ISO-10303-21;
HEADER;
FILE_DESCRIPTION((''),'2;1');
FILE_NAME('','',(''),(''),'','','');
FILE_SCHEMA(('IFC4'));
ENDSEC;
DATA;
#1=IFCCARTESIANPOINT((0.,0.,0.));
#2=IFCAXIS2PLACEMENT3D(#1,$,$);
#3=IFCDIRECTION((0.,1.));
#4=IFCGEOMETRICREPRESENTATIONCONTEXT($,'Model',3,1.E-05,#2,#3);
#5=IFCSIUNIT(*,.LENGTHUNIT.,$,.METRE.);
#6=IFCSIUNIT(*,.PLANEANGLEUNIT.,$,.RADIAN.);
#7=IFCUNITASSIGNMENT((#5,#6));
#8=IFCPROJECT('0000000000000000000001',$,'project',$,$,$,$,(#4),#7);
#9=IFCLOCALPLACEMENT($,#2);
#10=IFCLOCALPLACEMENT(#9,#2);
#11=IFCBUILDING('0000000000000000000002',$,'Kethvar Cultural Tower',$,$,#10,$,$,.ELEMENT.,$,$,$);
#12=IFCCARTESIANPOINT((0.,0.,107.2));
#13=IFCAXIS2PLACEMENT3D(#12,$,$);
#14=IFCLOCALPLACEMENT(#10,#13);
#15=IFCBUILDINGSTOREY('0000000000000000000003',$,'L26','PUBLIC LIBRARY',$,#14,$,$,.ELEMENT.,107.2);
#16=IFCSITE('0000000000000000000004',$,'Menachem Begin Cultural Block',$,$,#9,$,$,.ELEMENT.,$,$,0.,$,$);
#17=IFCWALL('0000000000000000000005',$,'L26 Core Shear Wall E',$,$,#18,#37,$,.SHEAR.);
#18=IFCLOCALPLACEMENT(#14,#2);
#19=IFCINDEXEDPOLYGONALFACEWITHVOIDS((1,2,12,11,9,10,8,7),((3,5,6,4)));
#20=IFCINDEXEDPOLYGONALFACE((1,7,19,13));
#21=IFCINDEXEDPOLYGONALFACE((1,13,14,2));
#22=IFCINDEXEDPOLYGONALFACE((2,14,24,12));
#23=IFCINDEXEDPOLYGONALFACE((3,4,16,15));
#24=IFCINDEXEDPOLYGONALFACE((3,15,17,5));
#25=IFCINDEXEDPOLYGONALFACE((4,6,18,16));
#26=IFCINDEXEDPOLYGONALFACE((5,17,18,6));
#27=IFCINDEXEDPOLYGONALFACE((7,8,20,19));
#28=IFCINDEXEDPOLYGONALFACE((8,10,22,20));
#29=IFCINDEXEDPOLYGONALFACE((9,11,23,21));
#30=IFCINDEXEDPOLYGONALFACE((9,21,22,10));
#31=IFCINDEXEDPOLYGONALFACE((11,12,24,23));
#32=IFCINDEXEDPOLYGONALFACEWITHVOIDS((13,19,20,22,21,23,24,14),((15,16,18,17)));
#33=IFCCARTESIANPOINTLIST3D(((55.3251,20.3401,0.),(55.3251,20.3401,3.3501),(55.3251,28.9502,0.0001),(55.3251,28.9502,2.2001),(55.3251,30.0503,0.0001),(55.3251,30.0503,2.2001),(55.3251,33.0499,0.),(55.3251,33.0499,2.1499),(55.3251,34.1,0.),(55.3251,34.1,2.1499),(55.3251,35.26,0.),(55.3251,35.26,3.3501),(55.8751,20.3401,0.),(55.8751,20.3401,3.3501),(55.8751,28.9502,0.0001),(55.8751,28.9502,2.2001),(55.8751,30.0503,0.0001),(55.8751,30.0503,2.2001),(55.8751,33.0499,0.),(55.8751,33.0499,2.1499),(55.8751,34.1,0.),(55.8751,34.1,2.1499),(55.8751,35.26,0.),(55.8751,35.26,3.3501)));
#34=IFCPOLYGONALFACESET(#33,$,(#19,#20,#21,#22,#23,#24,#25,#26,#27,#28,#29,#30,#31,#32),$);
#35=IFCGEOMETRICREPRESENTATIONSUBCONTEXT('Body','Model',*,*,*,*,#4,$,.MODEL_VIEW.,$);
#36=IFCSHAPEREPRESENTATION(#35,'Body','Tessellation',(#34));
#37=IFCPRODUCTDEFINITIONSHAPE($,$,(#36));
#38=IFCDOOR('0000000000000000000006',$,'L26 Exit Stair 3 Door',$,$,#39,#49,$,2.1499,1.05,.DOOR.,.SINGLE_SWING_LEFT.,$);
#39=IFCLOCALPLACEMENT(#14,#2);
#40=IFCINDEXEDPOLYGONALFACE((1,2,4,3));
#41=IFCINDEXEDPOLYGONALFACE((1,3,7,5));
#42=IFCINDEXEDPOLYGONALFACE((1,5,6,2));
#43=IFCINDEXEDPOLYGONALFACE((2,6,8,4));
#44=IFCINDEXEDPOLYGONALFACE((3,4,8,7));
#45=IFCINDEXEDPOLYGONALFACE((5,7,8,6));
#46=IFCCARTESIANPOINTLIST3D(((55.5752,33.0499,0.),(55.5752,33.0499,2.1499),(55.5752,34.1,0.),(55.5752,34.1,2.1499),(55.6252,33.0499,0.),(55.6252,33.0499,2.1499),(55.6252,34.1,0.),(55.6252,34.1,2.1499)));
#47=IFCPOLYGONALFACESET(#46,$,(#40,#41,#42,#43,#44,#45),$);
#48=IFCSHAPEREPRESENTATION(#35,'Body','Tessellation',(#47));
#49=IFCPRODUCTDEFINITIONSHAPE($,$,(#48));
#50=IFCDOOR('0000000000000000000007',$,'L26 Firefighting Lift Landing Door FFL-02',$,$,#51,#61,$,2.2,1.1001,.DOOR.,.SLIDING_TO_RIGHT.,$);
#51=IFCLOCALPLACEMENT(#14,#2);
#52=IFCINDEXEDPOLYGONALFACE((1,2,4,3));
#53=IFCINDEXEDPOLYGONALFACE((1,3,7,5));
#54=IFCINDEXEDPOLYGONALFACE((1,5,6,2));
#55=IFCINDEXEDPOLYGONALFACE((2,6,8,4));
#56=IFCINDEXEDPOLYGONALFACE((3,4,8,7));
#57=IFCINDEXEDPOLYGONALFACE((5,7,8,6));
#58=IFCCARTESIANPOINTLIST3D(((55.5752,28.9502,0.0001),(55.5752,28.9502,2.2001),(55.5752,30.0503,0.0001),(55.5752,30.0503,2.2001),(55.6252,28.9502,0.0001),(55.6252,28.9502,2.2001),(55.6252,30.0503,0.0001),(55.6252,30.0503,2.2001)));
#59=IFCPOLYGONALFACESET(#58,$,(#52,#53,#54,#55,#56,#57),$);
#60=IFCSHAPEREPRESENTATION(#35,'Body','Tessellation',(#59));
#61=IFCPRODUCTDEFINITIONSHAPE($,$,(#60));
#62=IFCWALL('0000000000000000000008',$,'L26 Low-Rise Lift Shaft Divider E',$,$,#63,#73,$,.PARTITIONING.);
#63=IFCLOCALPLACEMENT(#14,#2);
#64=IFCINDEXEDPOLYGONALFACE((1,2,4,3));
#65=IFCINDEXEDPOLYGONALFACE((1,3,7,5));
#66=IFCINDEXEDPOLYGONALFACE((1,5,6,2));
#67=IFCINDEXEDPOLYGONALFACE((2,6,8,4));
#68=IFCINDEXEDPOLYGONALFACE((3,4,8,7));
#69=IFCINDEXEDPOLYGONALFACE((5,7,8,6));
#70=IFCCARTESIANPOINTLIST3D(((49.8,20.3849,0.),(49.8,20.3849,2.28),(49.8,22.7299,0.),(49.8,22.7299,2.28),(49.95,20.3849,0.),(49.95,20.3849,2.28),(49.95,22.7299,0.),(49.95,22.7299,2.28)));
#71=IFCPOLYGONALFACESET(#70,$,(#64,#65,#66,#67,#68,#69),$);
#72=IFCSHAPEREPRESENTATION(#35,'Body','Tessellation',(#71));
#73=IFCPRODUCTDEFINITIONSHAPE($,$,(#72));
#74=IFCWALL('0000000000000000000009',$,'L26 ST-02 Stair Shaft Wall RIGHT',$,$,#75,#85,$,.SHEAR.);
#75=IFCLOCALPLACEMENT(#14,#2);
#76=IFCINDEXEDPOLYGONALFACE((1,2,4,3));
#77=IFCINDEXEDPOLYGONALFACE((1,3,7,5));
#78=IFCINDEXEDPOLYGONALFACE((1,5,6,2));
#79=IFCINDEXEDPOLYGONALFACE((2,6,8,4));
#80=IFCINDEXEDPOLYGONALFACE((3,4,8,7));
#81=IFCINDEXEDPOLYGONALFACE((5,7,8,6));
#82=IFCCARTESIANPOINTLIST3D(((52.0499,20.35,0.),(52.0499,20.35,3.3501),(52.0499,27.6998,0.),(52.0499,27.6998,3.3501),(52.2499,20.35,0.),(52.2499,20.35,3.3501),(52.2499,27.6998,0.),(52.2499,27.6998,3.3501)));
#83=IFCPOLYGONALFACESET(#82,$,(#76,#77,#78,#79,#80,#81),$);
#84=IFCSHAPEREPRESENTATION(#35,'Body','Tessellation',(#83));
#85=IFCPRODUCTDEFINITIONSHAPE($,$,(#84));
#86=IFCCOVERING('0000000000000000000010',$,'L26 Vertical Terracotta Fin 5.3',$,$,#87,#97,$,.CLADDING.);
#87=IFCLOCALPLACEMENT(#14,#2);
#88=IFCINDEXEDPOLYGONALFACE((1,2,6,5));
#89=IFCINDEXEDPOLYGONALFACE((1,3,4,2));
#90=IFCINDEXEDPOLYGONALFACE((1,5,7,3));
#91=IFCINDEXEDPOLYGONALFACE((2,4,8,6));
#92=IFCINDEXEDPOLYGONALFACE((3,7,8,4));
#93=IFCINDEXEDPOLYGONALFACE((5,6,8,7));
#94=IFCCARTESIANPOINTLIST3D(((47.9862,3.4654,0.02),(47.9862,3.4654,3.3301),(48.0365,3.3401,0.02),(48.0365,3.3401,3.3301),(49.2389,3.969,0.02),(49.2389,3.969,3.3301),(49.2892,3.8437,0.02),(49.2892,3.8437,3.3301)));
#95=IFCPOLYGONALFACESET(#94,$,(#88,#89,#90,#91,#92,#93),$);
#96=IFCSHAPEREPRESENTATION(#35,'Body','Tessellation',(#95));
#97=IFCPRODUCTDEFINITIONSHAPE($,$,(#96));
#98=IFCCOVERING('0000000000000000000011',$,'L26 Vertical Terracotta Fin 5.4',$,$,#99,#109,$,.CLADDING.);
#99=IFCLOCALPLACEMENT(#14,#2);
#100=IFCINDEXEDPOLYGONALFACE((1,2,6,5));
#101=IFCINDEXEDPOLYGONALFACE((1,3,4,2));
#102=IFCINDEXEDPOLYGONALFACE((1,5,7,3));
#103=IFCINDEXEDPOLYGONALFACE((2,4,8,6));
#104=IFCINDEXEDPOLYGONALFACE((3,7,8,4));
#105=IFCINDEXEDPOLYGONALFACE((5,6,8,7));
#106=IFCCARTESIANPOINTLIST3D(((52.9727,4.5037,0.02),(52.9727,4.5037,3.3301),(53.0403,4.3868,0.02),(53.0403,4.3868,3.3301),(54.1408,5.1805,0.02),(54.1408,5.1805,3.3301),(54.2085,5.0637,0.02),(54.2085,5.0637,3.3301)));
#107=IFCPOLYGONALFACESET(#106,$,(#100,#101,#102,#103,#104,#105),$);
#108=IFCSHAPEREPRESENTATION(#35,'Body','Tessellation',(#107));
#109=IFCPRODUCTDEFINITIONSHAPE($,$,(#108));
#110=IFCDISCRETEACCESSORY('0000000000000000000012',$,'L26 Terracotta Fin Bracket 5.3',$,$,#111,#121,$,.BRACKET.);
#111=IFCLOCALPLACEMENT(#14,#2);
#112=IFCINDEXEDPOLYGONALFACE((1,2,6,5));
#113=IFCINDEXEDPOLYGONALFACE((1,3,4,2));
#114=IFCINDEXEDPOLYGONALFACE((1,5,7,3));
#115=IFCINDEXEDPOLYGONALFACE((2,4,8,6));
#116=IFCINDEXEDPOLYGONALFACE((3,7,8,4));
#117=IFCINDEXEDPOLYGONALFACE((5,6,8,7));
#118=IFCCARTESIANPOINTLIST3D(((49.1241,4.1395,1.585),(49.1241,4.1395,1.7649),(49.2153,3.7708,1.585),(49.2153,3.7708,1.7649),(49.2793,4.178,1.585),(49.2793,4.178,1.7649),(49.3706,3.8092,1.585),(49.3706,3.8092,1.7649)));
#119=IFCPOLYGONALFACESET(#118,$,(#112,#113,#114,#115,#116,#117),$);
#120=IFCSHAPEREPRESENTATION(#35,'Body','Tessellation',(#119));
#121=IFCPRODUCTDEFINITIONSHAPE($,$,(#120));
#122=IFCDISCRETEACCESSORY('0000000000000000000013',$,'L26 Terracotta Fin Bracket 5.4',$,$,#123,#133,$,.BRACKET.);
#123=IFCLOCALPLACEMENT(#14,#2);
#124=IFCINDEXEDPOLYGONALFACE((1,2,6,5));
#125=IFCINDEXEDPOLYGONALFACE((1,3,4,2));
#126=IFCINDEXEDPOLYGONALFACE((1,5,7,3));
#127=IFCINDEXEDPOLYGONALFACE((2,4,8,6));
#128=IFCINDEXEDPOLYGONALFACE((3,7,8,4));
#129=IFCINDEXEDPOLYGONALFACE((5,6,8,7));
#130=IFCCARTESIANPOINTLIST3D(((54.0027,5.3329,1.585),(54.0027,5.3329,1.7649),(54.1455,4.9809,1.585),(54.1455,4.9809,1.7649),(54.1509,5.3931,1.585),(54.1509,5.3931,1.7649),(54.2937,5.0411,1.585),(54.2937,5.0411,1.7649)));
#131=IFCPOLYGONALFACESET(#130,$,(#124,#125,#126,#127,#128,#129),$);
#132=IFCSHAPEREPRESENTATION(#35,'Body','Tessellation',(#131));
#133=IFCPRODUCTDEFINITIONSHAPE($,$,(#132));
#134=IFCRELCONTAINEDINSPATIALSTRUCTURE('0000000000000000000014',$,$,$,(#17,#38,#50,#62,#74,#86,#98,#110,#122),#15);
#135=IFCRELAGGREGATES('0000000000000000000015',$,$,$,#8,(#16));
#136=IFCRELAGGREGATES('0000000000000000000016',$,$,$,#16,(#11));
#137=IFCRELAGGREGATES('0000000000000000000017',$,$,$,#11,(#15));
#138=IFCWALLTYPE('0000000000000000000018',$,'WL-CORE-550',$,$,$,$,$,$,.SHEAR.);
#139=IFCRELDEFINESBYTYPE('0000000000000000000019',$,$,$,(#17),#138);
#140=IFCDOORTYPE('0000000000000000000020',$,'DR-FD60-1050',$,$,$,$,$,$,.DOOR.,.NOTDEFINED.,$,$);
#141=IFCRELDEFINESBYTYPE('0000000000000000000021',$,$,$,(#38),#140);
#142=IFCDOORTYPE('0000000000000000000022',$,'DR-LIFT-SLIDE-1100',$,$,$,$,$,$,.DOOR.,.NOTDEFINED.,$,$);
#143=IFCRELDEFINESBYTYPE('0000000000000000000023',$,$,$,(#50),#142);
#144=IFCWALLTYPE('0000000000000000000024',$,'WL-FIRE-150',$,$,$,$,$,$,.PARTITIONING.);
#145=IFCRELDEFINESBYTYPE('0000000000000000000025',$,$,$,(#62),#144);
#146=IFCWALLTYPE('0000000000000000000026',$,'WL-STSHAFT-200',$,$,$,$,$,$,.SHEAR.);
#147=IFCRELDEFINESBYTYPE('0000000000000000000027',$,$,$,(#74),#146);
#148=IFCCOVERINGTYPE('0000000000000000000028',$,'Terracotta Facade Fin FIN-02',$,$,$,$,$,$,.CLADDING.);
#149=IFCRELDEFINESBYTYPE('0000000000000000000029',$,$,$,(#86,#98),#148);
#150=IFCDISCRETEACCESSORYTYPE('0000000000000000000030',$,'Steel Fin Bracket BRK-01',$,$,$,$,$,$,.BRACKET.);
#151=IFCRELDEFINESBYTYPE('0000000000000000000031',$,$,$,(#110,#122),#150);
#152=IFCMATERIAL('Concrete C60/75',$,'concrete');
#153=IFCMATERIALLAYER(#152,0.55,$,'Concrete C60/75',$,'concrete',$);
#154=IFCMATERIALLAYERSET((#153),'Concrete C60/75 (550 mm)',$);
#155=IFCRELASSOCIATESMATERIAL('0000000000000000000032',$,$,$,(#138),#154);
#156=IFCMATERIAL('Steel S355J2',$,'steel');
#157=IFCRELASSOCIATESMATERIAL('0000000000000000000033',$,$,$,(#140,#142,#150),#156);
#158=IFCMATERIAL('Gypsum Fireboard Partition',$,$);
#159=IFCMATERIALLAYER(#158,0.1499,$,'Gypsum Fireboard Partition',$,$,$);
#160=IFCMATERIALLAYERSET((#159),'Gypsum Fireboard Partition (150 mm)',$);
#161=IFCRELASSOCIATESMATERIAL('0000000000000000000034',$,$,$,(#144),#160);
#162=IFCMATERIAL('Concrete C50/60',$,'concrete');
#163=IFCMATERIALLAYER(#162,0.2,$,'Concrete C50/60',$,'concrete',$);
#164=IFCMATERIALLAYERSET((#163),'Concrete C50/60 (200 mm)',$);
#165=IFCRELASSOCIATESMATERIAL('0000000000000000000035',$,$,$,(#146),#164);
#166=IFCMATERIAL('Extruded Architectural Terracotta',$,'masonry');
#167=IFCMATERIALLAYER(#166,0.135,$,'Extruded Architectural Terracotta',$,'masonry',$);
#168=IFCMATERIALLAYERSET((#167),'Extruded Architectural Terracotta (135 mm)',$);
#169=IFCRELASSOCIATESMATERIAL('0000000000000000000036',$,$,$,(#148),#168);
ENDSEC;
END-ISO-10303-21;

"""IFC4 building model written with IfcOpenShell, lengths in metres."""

from ifc_helpers import new_model, si_unit, direction, frame, frame_2d, origin, origin_2d, place, context, subcontext, project, spatial, rectangle, extrude, source, transform, mapped, material, layer, layer_set, type_object, element, fill, save


model = new_model("IFC4")

# Units and contexts
model_context = context("Model", 3, precision=1e-05, world=origin(), true_north=direction((0.0, 1.0)))
body_context = subcontext(model_context, "Body", "Model", "MODEL_VIEW")
ifc_project = project(units=[si_unit("LENGTHUNIT", "METRE"), si_unit("PLANEANGLEUNIT", "RADIAN")], contexts=[model_context])

# Site, building, storey
site_placement = place(None, origin())
site = spatial("IfcSite", under=ifc_project, at=site_placement, Name="Menachem Begin Cultural Block", CompositionType="ELEMENT", RefElevation=0.0)
building_placement = place(site_placement, origin())
building = spatial("IfcBuilding", under=site, at=building_placement, Name="Kethvar Cultural Tower", CompositionType="ELEMENT")
storey_placement = place(building_placement, frame((0.0, 0.0, 107.2)))
storey = spatial("IfcBuildingStorey", under=building, at=storey_placement, Name="L26", Description="PUBLIC LIBRARY", CompositionType="ELEMENT", Elevation=107.2)

# Shared definitions
ifc_material_1 = material(Name="Steel S355J2", Category="steel")

# Wall, openings, doors
ifc_material_2 = material(Name="Concrete C60/75", Category="concrete")
ifc_layer_1 = layer(ifc_material_2, 0.55, Name="Concrete C60/75", Category="concrete")
ifc_layer_set_1 = layer_set([ifc_layer_1], Name="Concrete C60/75 (550 mm)")
wall_type_1 = type_object("IfcWallType", Name="WL-CORE-550", PredefinedType="SHEAR", material=ifc_layer_set_1)
wall_1_placement = place(storey_placement, frame((55.6001, 20.3401, 0.0), z_axis=(0.0, 0.0, 1.0), x_axis=(0.0, 1.0, 0.0)))
wall_1 = element("IfcWall", 1, at=wall_1_placement, inside=storey, type_object=wall_type_1, Name="L26 Core Shear Wall E", PredefinedType="SHEAR", context=body_context, shape_type="SweptSolid", body=[
    extrude(rectangle(XDim=14.9199, YDim=0.55, at=frame_2d((7.46, 0.0))), origin(), (0.0, 0.0, 1.0), 3.3501),
])
opening_1_placement = place(wall_1_placement, frame((12.71, 0.0, 0.0)))
opening_1 = element("IfcOpeningElement", 2, at=opening_1_placement, cuts=wall_1, PredefinedType="OPENING", context=body_context, shape_type="SweptSolid", body=[
    extrude(rectangle(XDim=1.05, YDim=2.1499, at=frame_2d((0.5249, 1.075))), frame((0.0, 0.2849, 0.0), z_axis=(0.0, -1.0, 0.0), x_axis=(1.0, 0.0, 0.0)), (0.0, 0.0, 1.0), 0.5701),
])
opening_2_placement = place(wall_1_placement, frame((8.6101, 0.0, 0.0)))
opening_2 = element("IfcOpeningElement", 3, at=opening_2_placement, cuts=wall_1, PredefinedType="OPENING", context=body_context, shape_type="SweptSolid", body=[
    extrude(rectangle(XDim=1.1001, YDim=2.2, at=frame_2d((0.55, 1.1001))), frame((0.0, 0.2849, 0.0), z_axis=(0.0, -1.0, 0.0), x_axis=(1.0, 0.0, 0.0)), (0.0, 0.0, 1.0), 0.5701),
])
door_type_1 = type_object("IfcDoorType", Name="DR-FD60-1050", OperationType="NOTDEFINED", PredefinedType="DOOR", material=ifc_material_1)
shared_shape_1 = source(origin(), body_context, "Body", "SweptSolid", [
    extrude(rectangle(XDim=1.05, YDim=2.1499, at=frame_2d((0.5249, 1.075))), frame((0.0, 0.0249, 0.0), z_axis=(0.0, -1.0, 0.0), x_axis=(1.0, 0.0, 0.0)), (0.0, 0.0, 1.0), 0.05),
])
door_1_placement = place(opening_1_placement, origin())
door_1 = element("IfcDoor", 4, at=door_1_placement, inside=storey, type_object=door_type_1, Name="L26 Exit Stair 3 Door", OperationType="SINGLE_SWING_LEFT", OverallHeight=2.1499, OverallWidth=1.05, PredefinedType="DOOR", context=body_context, shape_type="MappedRepresentation", body=[
    mapped(shared_shape_1, transform((0.0, 0.0, 0.0), scale=1.0)),
])
fill(opening_1, door_1)
door_type_2 = type_object("IfcDoorType", Name="DR-LIFT-SLIDE-1100", OperationType="NOTDEFINED", PredefinedType="DOOR", material=ifc_material_1)
shared_shape_2 = source(origin(), body_context, "Body", "SweptSolid", [
    extrude(rectangle(XDim=1.1001, YDim=2.2, at=frame_2d((0.55, 1.1001))), frame((0.0, 0.0249, 0.0), z_axis=(0.0, -1.0, 0.0), x_axis=(1.0, 0.0, 0.0)), (0.0, 0.0, 1.0), 0.05),
])
door_2_placement = place(opening_2_placement, origin())
door_2 = element("IfcDoor", 5, at=door_2_placement, inside=storey, type_object=door_type_2, Name="L26 Firefighting Lift Landing Door FFL-02", OperationType="SLIDING_TO_RIGHT", OverallHeight=2.2, OverallWidth=1.1001, PredefinedType="DOOR", context=body_context, shape_type="MappedRepresentation", body=[
    mapped(shared_shape_2, transform((0.0, 0.0, 0.0), scale=1.0)),
])
fill(opening_2, door_2)

# Walls
ifc_material_3 = material(Name="Gypsum Fireboard Partition")
ifc_layer_2 = layer(ifc_material_3, 0.1499, Name="Gypsum Fireboard Partition")
ifc_layer_set_2 = layer_set([ifc_layer_2], Name="Gypsum Fireboard Partition (150 mm)")
wall_type_2 = type_object("IfcWallType", Name="WL-FIRE-150", PredefinedType="PARTITIONING", material=ifc_layer_set_2)
wall_2_placement = place(storey_placement, frame((49.875, 20.385, 0.0), z_axis=(0.0, 0.0, 1.0), x_axis=(0.0, 1.0, 0.0)))
element("IfcWall", 6, at=wall_2_placement, inside=storey, type_object=wall_type_2, Name="L26 Low-Rise Lift Shaft Divider E", PredefinedType="PARTITIONING", context=body_context, shape_type="SweptSolid", body=[
    extrude(rectangle(XDim=2.345, YDim=0.1499, at=frame_2d((1.1724, 0.0))), origin(), (0.0, 0.0, 1.0), 2.28),
])
ifc_material_4 = material(Name="Concrete C50/60", Category="concrete")
ifc_layer_3 = layer(ifc_material_4, 0.2, Name="Concrete C50/60", Category="concrete")
ifc_layer_set_3 = layer_set([ifc_layer_3], Name="Concrete C50/60 (200 mm)")
wall_type_3 = type_object("IfcWallType", Name="WL-STSHAFT-200", PredefinedType="SHEAR", material=ifc_layer_set_3)
wall_3_placement = place(storey_placement, frame((52.1499, 20.3501, 0.0), z_axis=(0.0, 0.0, 1.0), x_axis=(0.0, 1.0, 0.0)))
element("IfcWall", 7, at=wall_3_placement, inside=storey, type_object=wall_type_3, Name="L26 ST-02 Stair Shaft Wall RIGHT", PredefinedType="SHEAR", context=body_context, shape_type="SweptSolid", body=[
    extrude(rectangle(XDim=7.3499, YDim=0.2, at=frame_2d((3.6748, 0.0))), origin(), (0.0, 0.0, 1.0), 3.3501),
])

# Coverings
ifc_material_5 = material(Name="Extruded Architectural Terracotta", Category="masonry")
ifc_layer_4 = layer(ifc_material_5, 0.135, Name="Extruded Architectural Terracotta", Category="masonry")
ifc_layer_set_4 = layer_set([ifc_layer_4], Name="Extruded Architectural Terracotta (135 mm)")
covering_type = type_object("IfcCoveringType", Name="Terracotta Facade Fin FIN-02", PredefinedType="CLADDING", material=ifc_layer_set_4)
shared_shape_3 = source(origin(), body_context, "Body", "SweptSolid", [
    extrude(rectangle(XDim=1.3501, YDim=0.135, at=origin_2d()), origin(), (0.0, 0.0, 1.0), 3.3101),
])
for number, where, z_axis, x_axis, name in (
    (8, (48.6377, 3.6545, 0.02), (0.0, 0.0, 1.0), (-0.927836, -0.372988, 0.0), "L26 Vertical Terracotta Fin 5.3"),
    (9, (53.5906, 4.7837, 0.02), (0.0, 0.0, 1.0), (-0.865239, -0.50136, 0.0), "L26 Vertical Terracotta Fin 5.4"),
):
    element("IfcCovering", number, at=place(storey_placement, frame(where, z_axis=z_axis, x_axis=x_axis)), inside=storey, type_object=covering_type, Name=name, PredefinedType="CLADDING", context=body_context, shape_type="MappedRepresentation", body=[
        mapped(shared_shape_3, transform((0.0, 0.0, 0.0), scale=1.0)),
    ])

# Discrete accessories
discrete_accessory_type = type_object("IfcDiscreteAccessoryType", Name="Steel Fin Bracket BRK-01", PredefinedType="BRACKET", material=ifc_material_1)
shared_shape_4 = source(origin(), body_context, "Body", "SweptSolid", [
    extrude(rectangle(XDim=0.3799, YDim=0.1599, at=origin_2d()), origin(), (0.0, 0.0, 1.0), 0.1799),
])
for number, where, z_axis, x_axis, name in (
    (10, (49.2473, 3.9744, 1.585), (0.0, 0.0, 1.0), (0.240228, -0.970716, 0.0), "L26 Terracotta Fin Bracket 5.3"),
    (11, (54.1482, 5.187, 1.585), (0.0, 0.0, 1.0), (0.376063, -0.926594, 0.0), "L26 Terracotta Fin Bracket 5.4"),
):
    element("IfcDiscreteAccessory", number, at=place(storey_placement, frame(where, z_axis=z_axis, x_axis=x_axis)), inside=storey, type_object=discrete_accessory_type, Name=name, PredefinedType="BRACKET", context=body_context, shape_type="MappedRepresentation", body=[
        mapped(shared_shape_4, transform((0.0, 0.0, 0.0), scale=1.0)),
    ])

save(model, "model.ifc")
